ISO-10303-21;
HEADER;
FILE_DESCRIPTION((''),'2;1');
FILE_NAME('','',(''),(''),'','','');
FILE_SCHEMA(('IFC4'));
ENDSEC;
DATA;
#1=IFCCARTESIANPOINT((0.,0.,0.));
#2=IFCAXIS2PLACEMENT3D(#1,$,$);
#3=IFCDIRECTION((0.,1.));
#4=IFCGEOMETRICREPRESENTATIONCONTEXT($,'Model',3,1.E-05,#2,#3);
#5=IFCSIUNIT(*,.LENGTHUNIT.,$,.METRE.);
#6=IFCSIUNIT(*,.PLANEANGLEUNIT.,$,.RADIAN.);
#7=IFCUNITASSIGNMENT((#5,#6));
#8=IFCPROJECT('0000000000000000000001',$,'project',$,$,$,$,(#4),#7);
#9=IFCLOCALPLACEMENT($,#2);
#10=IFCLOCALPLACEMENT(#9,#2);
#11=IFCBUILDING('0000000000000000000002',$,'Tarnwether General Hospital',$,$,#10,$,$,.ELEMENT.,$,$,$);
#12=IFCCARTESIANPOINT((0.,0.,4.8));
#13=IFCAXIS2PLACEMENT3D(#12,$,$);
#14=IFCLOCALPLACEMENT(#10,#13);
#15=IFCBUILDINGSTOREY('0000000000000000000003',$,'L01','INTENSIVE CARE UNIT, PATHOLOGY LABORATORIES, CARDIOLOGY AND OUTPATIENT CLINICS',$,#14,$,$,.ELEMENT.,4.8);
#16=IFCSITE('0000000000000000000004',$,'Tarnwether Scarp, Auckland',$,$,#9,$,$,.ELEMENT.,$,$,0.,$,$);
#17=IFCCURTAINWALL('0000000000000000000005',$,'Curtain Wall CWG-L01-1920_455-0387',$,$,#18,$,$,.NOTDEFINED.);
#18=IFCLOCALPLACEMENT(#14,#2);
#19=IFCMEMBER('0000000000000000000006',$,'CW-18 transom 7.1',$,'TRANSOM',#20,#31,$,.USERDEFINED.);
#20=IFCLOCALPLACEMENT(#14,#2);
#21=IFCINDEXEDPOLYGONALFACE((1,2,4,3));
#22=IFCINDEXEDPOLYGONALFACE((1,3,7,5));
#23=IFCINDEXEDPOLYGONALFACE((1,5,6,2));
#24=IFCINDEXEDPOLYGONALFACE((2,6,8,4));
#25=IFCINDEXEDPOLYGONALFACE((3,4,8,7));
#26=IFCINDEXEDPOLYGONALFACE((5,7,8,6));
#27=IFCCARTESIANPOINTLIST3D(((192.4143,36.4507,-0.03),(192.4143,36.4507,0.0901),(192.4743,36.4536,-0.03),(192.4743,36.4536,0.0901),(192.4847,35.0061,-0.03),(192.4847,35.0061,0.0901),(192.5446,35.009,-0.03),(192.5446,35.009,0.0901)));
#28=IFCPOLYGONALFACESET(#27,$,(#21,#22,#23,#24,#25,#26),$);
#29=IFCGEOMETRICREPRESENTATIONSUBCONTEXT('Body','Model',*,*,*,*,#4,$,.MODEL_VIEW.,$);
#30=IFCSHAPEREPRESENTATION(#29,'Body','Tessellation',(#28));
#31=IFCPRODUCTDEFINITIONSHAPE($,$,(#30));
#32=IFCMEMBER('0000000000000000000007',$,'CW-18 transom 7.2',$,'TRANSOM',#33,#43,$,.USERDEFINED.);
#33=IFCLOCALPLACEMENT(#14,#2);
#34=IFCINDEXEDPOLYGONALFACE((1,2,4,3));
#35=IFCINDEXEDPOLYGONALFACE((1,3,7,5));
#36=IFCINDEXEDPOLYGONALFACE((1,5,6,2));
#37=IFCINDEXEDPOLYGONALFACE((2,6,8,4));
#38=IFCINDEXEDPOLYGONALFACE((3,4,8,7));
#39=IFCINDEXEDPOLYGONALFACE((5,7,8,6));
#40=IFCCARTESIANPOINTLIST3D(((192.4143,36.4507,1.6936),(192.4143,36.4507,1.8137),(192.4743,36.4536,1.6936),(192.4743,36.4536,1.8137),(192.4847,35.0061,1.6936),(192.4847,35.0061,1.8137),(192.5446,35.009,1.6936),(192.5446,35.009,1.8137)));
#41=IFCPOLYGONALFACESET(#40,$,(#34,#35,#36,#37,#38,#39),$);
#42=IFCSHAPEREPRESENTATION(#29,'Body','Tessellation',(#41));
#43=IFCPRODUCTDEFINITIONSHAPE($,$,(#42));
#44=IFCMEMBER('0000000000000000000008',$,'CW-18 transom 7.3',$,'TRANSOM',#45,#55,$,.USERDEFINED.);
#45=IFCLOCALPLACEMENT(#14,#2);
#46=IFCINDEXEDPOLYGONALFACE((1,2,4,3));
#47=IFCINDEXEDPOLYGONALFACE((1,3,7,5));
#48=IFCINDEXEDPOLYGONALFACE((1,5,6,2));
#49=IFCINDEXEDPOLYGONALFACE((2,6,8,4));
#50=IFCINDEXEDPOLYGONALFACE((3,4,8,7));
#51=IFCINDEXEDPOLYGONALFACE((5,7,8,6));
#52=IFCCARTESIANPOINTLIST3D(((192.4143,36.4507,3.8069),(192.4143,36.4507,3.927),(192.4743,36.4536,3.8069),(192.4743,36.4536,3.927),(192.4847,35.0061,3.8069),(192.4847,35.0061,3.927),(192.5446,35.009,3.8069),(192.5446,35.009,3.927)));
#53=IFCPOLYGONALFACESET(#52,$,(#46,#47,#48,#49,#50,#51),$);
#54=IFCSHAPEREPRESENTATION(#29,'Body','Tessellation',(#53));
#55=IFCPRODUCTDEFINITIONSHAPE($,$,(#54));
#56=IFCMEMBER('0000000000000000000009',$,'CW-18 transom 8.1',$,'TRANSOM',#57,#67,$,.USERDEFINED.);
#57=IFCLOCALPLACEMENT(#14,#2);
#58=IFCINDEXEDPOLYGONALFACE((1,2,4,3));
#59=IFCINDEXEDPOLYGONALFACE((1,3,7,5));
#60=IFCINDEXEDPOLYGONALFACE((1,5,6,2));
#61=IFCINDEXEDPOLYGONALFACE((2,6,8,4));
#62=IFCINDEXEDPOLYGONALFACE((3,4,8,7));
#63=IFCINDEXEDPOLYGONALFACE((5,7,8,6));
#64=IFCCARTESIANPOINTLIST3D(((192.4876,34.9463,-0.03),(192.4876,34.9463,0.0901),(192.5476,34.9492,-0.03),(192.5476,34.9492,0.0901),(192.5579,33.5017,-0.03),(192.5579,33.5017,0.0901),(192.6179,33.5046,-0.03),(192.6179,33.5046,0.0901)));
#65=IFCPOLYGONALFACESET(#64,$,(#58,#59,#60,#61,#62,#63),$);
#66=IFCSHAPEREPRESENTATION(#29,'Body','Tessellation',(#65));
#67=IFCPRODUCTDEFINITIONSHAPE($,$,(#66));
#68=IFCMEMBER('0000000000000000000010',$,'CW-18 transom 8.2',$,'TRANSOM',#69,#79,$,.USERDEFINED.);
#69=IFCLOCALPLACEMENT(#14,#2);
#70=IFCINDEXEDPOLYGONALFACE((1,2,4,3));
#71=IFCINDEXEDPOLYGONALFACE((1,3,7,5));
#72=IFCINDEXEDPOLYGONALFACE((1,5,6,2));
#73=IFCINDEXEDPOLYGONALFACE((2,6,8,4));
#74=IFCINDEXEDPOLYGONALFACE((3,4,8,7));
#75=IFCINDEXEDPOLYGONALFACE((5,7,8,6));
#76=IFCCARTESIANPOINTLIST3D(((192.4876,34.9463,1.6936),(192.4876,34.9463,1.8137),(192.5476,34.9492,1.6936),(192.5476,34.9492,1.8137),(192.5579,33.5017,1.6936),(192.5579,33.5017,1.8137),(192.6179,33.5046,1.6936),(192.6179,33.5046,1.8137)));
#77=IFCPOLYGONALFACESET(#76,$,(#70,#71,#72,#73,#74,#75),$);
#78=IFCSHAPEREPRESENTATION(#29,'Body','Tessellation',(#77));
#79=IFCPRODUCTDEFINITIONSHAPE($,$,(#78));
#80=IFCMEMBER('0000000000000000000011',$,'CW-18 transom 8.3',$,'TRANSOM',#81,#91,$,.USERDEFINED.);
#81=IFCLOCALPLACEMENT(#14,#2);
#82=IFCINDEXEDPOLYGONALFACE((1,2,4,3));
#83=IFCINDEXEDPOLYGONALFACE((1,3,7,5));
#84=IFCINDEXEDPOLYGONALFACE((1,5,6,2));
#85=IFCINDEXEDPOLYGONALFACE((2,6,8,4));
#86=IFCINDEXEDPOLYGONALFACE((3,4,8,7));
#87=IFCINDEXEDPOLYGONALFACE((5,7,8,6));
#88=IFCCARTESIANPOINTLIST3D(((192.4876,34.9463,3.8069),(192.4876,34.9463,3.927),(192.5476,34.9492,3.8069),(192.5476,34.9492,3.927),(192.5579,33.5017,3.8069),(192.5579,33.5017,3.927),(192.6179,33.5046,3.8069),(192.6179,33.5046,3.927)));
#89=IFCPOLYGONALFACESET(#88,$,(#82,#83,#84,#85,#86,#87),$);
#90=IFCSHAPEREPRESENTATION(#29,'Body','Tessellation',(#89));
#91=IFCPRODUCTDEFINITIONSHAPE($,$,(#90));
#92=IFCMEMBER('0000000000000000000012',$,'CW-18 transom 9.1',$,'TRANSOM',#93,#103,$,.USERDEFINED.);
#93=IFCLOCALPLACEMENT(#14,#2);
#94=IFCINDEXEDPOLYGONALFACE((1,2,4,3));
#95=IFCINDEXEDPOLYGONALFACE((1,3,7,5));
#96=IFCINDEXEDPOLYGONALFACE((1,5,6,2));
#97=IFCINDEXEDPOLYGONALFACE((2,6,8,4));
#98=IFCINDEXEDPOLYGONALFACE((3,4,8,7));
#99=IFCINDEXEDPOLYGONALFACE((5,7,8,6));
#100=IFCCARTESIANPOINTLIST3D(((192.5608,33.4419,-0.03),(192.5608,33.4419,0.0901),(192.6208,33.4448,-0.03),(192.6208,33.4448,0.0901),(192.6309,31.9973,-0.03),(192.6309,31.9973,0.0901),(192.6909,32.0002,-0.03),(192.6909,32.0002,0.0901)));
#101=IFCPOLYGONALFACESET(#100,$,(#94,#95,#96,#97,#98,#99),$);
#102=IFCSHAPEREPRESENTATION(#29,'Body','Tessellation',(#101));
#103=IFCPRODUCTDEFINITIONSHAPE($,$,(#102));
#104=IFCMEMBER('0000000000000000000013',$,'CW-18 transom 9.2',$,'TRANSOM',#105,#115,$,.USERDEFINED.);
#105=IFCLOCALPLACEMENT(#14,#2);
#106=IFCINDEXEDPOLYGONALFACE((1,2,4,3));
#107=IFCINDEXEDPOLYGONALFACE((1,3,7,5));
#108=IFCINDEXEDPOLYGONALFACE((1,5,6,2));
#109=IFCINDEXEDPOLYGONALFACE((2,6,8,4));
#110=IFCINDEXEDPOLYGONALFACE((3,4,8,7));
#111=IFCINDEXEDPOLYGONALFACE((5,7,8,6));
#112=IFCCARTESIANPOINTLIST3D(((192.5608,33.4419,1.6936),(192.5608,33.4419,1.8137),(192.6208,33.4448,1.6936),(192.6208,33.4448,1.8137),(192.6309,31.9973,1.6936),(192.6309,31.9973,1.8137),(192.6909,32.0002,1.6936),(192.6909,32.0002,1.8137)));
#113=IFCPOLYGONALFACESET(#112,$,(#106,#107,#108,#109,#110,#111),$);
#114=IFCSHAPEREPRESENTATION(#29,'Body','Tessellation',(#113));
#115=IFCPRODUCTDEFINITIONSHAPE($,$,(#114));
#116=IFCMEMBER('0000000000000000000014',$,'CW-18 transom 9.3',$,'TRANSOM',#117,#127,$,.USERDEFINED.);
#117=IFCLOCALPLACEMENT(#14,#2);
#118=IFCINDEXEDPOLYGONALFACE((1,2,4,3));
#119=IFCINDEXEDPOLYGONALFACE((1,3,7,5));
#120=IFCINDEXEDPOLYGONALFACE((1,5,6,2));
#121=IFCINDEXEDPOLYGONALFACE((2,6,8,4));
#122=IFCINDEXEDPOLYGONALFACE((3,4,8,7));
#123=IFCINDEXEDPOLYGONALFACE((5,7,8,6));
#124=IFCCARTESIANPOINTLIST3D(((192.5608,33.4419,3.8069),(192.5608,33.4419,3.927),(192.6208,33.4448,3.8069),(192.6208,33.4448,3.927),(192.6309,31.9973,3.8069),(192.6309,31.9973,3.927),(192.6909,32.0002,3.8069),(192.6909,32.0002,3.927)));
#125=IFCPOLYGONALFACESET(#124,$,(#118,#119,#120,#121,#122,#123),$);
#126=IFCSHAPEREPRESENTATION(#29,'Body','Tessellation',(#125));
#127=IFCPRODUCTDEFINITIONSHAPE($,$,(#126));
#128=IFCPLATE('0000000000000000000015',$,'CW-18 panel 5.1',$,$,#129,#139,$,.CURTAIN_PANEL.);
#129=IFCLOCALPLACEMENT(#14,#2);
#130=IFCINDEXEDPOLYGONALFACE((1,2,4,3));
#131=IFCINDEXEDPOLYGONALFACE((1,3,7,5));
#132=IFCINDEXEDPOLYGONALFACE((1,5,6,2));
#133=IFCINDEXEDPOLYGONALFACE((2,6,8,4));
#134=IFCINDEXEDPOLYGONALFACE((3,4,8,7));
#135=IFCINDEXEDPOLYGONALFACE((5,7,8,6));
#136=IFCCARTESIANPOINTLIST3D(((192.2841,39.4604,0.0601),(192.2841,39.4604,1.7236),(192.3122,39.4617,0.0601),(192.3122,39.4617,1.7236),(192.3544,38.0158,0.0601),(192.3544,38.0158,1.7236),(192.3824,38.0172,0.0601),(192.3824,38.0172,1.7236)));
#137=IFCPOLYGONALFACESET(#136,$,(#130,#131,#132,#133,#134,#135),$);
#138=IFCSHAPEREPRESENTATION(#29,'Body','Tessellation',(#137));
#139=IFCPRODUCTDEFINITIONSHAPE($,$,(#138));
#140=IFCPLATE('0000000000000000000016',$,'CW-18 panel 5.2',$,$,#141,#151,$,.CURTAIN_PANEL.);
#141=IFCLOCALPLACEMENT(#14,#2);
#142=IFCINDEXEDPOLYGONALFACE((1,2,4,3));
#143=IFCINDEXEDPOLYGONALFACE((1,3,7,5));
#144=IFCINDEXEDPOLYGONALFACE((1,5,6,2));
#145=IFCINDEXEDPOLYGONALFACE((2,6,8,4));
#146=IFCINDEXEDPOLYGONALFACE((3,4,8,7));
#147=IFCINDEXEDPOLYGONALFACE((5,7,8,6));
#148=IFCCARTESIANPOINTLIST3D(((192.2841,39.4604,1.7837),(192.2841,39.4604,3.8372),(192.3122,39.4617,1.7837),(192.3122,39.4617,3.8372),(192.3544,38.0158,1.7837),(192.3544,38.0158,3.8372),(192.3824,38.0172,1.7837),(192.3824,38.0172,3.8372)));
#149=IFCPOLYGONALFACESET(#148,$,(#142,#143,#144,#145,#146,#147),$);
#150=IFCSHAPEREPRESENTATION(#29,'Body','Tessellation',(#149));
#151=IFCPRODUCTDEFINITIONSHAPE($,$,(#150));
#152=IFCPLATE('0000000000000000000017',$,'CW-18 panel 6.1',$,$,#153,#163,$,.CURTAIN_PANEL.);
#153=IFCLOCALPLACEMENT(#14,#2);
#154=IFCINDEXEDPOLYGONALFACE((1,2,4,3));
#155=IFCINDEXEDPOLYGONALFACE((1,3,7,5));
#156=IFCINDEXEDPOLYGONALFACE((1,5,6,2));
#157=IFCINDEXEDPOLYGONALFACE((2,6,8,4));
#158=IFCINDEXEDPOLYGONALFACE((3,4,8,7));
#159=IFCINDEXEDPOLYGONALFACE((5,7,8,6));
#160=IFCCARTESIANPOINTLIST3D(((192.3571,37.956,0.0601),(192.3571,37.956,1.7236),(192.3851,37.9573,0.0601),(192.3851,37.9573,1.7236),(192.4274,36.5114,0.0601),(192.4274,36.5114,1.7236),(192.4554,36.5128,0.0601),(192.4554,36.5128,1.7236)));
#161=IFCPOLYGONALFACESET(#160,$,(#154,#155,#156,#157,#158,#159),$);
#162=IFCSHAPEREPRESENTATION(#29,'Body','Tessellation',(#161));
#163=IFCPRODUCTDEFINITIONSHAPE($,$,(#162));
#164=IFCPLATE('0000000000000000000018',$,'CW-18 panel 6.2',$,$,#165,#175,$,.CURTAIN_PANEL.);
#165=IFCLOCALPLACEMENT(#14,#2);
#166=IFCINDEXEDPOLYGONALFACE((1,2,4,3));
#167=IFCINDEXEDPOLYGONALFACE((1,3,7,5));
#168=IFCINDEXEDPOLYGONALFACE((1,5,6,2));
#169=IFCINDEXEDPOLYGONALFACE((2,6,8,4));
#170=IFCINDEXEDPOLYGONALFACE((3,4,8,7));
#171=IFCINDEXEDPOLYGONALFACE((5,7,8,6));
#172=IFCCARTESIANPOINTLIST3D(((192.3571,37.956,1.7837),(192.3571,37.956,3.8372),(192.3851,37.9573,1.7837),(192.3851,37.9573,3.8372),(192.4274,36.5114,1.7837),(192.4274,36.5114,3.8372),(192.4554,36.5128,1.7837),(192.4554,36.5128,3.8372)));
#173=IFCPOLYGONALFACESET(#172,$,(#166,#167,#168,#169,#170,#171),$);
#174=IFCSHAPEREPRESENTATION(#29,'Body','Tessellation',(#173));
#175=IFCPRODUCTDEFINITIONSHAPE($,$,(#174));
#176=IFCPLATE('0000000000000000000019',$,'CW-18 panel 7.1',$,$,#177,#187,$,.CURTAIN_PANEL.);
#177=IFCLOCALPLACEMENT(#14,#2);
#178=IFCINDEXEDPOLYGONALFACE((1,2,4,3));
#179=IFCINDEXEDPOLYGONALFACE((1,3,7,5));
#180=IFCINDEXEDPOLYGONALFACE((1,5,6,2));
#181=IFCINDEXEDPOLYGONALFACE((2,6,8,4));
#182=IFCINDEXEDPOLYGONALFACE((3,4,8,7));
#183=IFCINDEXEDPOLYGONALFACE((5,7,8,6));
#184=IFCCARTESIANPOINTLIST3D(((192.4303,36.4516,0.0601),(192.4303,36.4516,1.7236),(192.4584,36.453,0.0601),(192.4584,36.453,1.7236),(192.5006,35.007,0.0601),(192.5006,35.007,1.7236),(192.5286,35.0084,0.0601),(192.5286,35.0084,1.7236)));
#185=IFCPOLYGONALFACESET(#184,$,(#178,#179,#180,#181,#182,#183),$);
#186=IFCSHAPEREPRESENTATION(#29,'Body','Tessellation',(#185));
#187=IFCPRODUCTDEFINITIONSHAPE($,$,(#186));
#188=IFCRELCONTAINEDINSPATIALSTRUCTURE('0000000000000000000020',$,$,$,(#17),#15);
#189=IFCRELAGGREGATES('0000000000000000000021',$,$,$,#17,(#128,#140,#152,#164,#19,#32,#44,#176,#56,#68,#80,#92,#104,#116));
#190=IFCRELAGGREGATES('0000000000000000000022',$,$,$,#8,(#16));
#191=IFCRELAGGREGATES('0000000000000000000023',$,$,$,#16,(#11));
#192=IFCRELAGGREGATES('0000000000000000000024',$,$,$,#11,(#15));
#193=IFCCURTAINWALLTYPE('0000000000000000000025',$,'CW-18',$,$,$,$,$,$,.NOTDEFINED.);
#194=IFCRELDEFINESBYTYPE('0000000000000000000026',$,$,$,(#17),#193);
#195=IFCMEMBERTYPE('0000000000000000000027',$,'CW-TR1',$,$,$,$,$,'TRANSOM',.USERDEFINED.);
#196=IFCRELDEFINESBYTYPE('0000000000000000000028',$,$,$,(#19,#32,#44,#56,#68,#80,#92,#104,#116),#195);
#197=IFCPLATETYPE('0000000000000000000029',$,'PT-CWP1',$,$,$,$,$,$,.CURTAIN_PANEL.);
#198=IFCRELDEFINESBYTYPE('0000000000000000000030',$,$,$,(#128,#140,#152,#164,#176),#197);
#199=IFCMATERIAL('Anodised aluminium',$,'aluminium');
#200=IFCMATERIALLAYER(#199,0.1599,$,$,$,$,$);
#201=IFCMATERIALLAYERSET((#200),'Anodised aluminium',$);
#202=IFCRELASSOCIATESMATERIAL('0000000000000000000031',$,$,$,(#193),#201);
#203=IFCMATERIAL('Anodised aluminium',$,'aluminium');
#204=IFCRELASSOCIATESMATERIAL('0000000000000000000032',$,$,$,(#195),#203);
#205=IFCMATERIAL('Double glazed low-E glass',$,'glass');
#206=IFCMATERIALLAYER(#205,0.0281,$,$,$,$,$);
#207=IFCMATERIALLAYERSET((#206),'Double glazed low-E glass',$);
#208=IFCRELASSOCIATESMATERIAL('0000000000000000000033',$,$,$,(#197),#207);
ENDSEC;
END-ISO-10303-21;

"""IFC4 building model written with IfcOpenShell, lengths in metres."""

from ifc_helpers import new_model, si_unit, direction, frame, origin, origin_2d, place, context, subcontext, project, spatial, rectangle, extrude, material, layer, layer_set, material_profile, profile_set, type_object, element, aggregate, save


model = new_model("IFC4")

# Units and contexts
model_context = context("Model", 3, precision=1e-05, world=origin(), true_north=direction((0.0, 1.0)))
body_context = subcontext(model_context, "Body", "Model", "MODEL_VIEW")
ifc_project = project(units=[si_unit("LENGTHUNIT", "METRE"), si_unit("PLANEANGLEUNIT", "RADIAN")], contexts=[model_context])

# Site, building, storey
site_placement = place(None, origin())
site = spatial("IfcSite", under=ifc_project, at=site_placement, Name="Tarnwether Scarp, Auckland", CompositionType="ELEMENT", RefElevation=0.0)
building_placement = place(site_placement, origin())
building = spatial("IfcBuilding", under=site, at=building_placement, Name="Tarnwether General Hospital", CompositionType="ELEMENT")
storey_placement = place(building_placement, frame((0.0, 0.0, 4.8)))
storey = spatial("IfcBuildingStorey", under=building, at=storey_placement, Name="L01", Description="INTENSIVE CARE UNIT, PATHOLOGY LABORATORIES, CARDIOLOGY AND OUTPATIENT CLINICS", CompositionType="ELEMENT", Elevation=4.8)

# Curtain wall, members, plates
ifc_material_1 = material(Name="Anodised aluminium", Category="aluminium")
ifc_layer_1 = layer(ifc_material_1, 0.1599)
ifc_layer_set_1 = layer_set([ifc_layer_1], Name="Anodised aluminium")
curtain_wall_type = type_object("IfcCurtainWallType", Name="CW-18", PredefinedType="NOTDEFINED", material=ifc_layer_set_1)
curtain_wall_placement = place(storey_placement, origin())
curtain_wall = element("IfcCurtainWall", 1, at=curtain_wall_placement, inside=storey, type_object=curtain_wall_type, Name="Curtain Wall CWG-L01-1920_455-0387", PredefinedType="NOTDEFINED")
ifc_material_2 = material(Name="Anodised aluminium", Category="aluminium")
ifc_material_profile_1 = material_profile(ifc_material_2, rectangle(XDim=0.0601, YDim=0.1201, at=origin_2d()), Name="ALU-TRN-60x120")
ifc_profile_set_1 = profile_set([ifc_material_profile_1], Name="Anodised aluminium")
member_type_1 = type_object("IfcMemberType", Name="CW-TR1", ElementType="TRANSOM", PredefinedType="USERDEFINED", material=ifc_profile_set_1)
member_1_placement = place(storey_placement, frame((192.4443, 36.4521, 0.03), z_axis=(0.048616, -0.998818, 0.0), x_axis=(0.998818, 0.048616, 0.0)))
member_1 = element("IfcMember", 2, at=member_1_placement, type_object=member_type_1, Name="CW-18 transom 7.1", ObjectType="TRANSOM", PredefinedType="USERDEFINED", context=body_context, shape_type="SweptSolid", body=[
    extrude(rectangle(XDim=0.0601, YDim=0.1201, at=origin_2d()), origin(), (0.0, 0.0, 1.0), 1.4463),
])
member_2_placement = place(storey_placement, frame((192.4443, 36.4521, 1.7537), z_axis=(0.048616, -0.998818, 0.0), x_axis=(0.998818, 0.048616, 0.0)))
member_2 = element("IfcMember", 3, at=member_2_placement, type_object=member_type_1, Name="CW-18 transom 7.2", ObjectType="TRANSOM", PredefinedType="USERDEFINED", context=body_context, shape_type="SweptSolid", body=[
    extrude(rectangle(XDim=0.0601, YDim=0.1201, at=origin_2d()), origin(), (0.0, 0.0, 1.0), 1.4463),
])
member_3_placement = place(storey_placement, frame((192.4443, 36.4521, 3.8669), z_axis=(0.048616, -0.998818, 0.0), x_axis=(0.998818, 0.048616, 0.0)))
member_3 = element("IfcMember", 4, at=member_3_placement, type_object=member_type_1, Name="CW-18 transom 7.3", ObjectType="TRANSOM", PredefinedType="USERDEFINED", context=body_context, shape_type="SweptSolid", body=[
    extrude(rectangle(XDim=0.0601, YDim=0.1201, at=origin_2d()), origin(), (0.0, 0.0, 1.0), 1.4463),
])
member_4_placement = place(storey_placement, frame((192.5176, 34.9478, 0.03), z_axis=(0.048616, -0.998818, 0.0), x_axis=(0.998818, 0.048616, 0.0)))
member_4 = element("IfcMember", 5, at=member_4_placement, type_object=member_type_1, Name="CW-18 transom 8.1", ObjectType="TRANSOM", PredefinedType="USERDEFINED", context=body_context, shape_type="SweptSolid", body=[
    extrude(rectangle(XDim=0.0601, YDim=0.1201, at=origin_2d()), origin(), (0.0, 0.0, 1.0), 1.4463),
])
member_5_placement = place(storey_placement, frame((192.5176, 34.9478, 1.7537), z_axis=(0.048616, -0.998818, 0.0), x_axis=(0.998818, 0.048616, 0.0)))
member_5 = element("IfcMember", 6, at=member_5_placement, type_object=member_type_1, Name="CW-18 transom 8.2", ObjectType="TRANSOM", PredefinedType="USERDEFINED", context=body_context, shape_type="SweptSolid", body=[
    extrude(rectangle(XDim=0.0601, YDim=0.1201, at=origin_2d()), origin(), (0.0, 0.0, 1.0), 1.4463),
])
member_6_placement = place(storey_placement, frame((192.5176, 34.9478, 3.8669), z_axis=(0.048616, -0.998818, 0.0), x_axis=(0.998818, 0.048616, 0.0)))
member_6 = element("IfcMember", 7, at=member_6_placement, type_object=member_type_1, Name="CW-18 transom 8.3", ObjectType="TRANSOM", PredefinedType="USERDEFINED", context=body_context, shape_type="SweptSolid", body=[
    extrude(rectangle(XDim=0.0601, YDim=0.1201, at=origin_2d()), origin(), (0.0, 0.0, 1.0), 1.4463),
])
member_7_placement = place(storey_placement, frame((192.5908, 33.4434, 0.03), z_axis=(0.048447, -0.998826, 0.0), x_axis=(0.998826, 0.048447, 0.0)))
member_7 = element("IfcMember", 8, at=member_7_placement, type_object=member_type_1, Name="CW-18 transom 9.1", ObjectType="TRANSOM", PredefinedType="USERDEFINED", context=body_context, shape_type="SweptSolid", body=[
    extrude(rectangle(XDim=0.0601, YDim=0.1201, at=origin_2d()), origin(), (0.0, 0.0, 1.0), 1.4463),
])
member_8_placement = place(storey_placement, frame((192.5908, 33.4434, 1.7537), z_axis=(0.048447, -0.998826, 0.0), x_axis=(0.998826, 0.048447, 0.0)))
member_8 = element("IfcMember", 9, at=member_8_placement, type_object=member_type_1, Name="CW-18 transom 9.2", ObjectType="TRANSOM", PredefinedType="USERDEFINED", context=body_context, shape_type="SweptSolid", body=[
    extrude(rectangle(XDim=0.0601, YDim=0.1201, at=origin_2d()), origin(), (0.0, 0.0, 1.0), 1.4463),
])
member_9_placement = place(storey_placement, frame((192.5908, 33.4434, 3.8669), z_axis=(0.048447, -0.998826, 0.0), x_axis=(0.998826, 0.048447, 0.0)))
member_9 = element("IfcMember", 10, at=member_9_placement, type_object=member_type_1, Name="CW-18 transom 9.3", ObjectType="TRANSOM", PredefinedType="USERDEFINED", context=body_context, shape_type="SweptSolid", body=[
    extrude(rectangle(XDim=0.0601, YDim=0.1201, at=origin_2d()), origin(), (0.0, 0.0, 1.0), 1.4463),
])
ifc_material_3 = material(Name="Double glazed low-E glass", Category="glass")
ifc_layer_2 = layer(ifc_material_3, 0.0281)
ifc_layer_set_2 = layer_set([ifc_layer_2], Name="Double glazed low-E glass")
plate_type_1 = type_object("IfcPlateType", Name="PT-CWP1", PredefinedType="CURTAIN_PANEL", material=ifc_layer_set_2)
plate_1_placement = place(storey_placement, frame((192.3333, 38.7388, 0.0601), z_axis=(0.0, 0.0, 1.0), x_axis=(0.04857, -0.99882, 0.0)))
plate_1 = element("IfcPlate", 11, at=plate_1_placement, type_object=plate_type_1, Name="CW-18 panel 5.1", PredefinedType="CURTAIN_PANEL", context=body_context, shape_type="SweptSolid", body=[
    extrude(rectangle(XDim=1.4463, YDim=0.0281, at=origin_2d()), origin(), (0.0, 0.0, 1.0), 1.6636),
])
plate_2_placement = place(storey_placement, frame((192.3333, 38.7388, 1.7837), z_axis=(0.0, 0.0, 1.0), x_axis=(0.04857, -0.99882, 0.0)))
plate_2 = element("IfcPlate", 12, at=plate_2_placement, type_object=plate_type_1, Name="CW-18 panel 5.2", PredefinedType="CURTAIN_PANEL", context=body_context, shape_type="SweptSolid", body=[
    extrude(rectangle(XDim=1.4463, YDim=0.0281, at=origin_2d()), origin(), (0.0, 0.0, 1.0), 2.0535),
])
plate_3_placement = place(storey_placement, frame((192.4062, 37.2344, 0.0601), z_axis=(0.0, 0.0, 1.0), x_axis=(0.04857, -0.99882, 0.0)))
plate_3 = element("IfcPlate", 13, at=plate_3_placement, type_object=plate_type_1, Name="CW-18 panel 6.1", PredefinedType="CURTAIN_PANEL", context=body_context, shape_type="SweptSolid", body=[
    extrude(rectangle(XDim=1.4463, YDim=0.0281, at=origin_2d()), origin(), (0.0, 0.0, 1.0), 1.6636),
])
plate_4_placement = place(storey_placement, frame((192.4062, 37.2344, 1.7837), z_axis=(0.0, 0.0, 1.0), x_axis=(0.04857, -0.99882, 0.0)))
plate_4 = element("IfcPlate", 14, at=plate_4_placement, type_object=plate_type_1, Name="CW-18 panel 6.2", PredefinedType="CURTAIN_PANEL", context=body_context, shape_type="SweptSolid", body=[
    extrude(rectangle(XDim=1.4463, YDim=0.0281, at=origin_2d()), origin(), (0.0, 0.0, 1.0), 2.0535),
])
plate_5_placement = place(storey_placement, frame((192.4795, 35.73, 0.0601), z_axis=(0.0, 0.0, 1.0), x_axis=(0.04857, -0.99882, 0.0)))
plate_5 = element("IfcPlate", 15, at=plate_5_placement, type_object=plate_type_1, Name="CW-18 panel 7.1", PredefinedType="CURTAIN_PANEL", context=body_context, shape_type="SweptSolid", body=[
    extrude(rectangle(XDim=1.4463, YDim=0.0281, at=origin_2d()), origin(), (0.0, 0.0, 1.0), 1.6636),
])
aggregate(curtain_wall, [plate_1, plate_2, plate_3, plate_4, member_1, member_2, member_3, plate_5, member_4, member_5, member_6, member_7, member_8, member_9])

save(model, "model.ifc")
